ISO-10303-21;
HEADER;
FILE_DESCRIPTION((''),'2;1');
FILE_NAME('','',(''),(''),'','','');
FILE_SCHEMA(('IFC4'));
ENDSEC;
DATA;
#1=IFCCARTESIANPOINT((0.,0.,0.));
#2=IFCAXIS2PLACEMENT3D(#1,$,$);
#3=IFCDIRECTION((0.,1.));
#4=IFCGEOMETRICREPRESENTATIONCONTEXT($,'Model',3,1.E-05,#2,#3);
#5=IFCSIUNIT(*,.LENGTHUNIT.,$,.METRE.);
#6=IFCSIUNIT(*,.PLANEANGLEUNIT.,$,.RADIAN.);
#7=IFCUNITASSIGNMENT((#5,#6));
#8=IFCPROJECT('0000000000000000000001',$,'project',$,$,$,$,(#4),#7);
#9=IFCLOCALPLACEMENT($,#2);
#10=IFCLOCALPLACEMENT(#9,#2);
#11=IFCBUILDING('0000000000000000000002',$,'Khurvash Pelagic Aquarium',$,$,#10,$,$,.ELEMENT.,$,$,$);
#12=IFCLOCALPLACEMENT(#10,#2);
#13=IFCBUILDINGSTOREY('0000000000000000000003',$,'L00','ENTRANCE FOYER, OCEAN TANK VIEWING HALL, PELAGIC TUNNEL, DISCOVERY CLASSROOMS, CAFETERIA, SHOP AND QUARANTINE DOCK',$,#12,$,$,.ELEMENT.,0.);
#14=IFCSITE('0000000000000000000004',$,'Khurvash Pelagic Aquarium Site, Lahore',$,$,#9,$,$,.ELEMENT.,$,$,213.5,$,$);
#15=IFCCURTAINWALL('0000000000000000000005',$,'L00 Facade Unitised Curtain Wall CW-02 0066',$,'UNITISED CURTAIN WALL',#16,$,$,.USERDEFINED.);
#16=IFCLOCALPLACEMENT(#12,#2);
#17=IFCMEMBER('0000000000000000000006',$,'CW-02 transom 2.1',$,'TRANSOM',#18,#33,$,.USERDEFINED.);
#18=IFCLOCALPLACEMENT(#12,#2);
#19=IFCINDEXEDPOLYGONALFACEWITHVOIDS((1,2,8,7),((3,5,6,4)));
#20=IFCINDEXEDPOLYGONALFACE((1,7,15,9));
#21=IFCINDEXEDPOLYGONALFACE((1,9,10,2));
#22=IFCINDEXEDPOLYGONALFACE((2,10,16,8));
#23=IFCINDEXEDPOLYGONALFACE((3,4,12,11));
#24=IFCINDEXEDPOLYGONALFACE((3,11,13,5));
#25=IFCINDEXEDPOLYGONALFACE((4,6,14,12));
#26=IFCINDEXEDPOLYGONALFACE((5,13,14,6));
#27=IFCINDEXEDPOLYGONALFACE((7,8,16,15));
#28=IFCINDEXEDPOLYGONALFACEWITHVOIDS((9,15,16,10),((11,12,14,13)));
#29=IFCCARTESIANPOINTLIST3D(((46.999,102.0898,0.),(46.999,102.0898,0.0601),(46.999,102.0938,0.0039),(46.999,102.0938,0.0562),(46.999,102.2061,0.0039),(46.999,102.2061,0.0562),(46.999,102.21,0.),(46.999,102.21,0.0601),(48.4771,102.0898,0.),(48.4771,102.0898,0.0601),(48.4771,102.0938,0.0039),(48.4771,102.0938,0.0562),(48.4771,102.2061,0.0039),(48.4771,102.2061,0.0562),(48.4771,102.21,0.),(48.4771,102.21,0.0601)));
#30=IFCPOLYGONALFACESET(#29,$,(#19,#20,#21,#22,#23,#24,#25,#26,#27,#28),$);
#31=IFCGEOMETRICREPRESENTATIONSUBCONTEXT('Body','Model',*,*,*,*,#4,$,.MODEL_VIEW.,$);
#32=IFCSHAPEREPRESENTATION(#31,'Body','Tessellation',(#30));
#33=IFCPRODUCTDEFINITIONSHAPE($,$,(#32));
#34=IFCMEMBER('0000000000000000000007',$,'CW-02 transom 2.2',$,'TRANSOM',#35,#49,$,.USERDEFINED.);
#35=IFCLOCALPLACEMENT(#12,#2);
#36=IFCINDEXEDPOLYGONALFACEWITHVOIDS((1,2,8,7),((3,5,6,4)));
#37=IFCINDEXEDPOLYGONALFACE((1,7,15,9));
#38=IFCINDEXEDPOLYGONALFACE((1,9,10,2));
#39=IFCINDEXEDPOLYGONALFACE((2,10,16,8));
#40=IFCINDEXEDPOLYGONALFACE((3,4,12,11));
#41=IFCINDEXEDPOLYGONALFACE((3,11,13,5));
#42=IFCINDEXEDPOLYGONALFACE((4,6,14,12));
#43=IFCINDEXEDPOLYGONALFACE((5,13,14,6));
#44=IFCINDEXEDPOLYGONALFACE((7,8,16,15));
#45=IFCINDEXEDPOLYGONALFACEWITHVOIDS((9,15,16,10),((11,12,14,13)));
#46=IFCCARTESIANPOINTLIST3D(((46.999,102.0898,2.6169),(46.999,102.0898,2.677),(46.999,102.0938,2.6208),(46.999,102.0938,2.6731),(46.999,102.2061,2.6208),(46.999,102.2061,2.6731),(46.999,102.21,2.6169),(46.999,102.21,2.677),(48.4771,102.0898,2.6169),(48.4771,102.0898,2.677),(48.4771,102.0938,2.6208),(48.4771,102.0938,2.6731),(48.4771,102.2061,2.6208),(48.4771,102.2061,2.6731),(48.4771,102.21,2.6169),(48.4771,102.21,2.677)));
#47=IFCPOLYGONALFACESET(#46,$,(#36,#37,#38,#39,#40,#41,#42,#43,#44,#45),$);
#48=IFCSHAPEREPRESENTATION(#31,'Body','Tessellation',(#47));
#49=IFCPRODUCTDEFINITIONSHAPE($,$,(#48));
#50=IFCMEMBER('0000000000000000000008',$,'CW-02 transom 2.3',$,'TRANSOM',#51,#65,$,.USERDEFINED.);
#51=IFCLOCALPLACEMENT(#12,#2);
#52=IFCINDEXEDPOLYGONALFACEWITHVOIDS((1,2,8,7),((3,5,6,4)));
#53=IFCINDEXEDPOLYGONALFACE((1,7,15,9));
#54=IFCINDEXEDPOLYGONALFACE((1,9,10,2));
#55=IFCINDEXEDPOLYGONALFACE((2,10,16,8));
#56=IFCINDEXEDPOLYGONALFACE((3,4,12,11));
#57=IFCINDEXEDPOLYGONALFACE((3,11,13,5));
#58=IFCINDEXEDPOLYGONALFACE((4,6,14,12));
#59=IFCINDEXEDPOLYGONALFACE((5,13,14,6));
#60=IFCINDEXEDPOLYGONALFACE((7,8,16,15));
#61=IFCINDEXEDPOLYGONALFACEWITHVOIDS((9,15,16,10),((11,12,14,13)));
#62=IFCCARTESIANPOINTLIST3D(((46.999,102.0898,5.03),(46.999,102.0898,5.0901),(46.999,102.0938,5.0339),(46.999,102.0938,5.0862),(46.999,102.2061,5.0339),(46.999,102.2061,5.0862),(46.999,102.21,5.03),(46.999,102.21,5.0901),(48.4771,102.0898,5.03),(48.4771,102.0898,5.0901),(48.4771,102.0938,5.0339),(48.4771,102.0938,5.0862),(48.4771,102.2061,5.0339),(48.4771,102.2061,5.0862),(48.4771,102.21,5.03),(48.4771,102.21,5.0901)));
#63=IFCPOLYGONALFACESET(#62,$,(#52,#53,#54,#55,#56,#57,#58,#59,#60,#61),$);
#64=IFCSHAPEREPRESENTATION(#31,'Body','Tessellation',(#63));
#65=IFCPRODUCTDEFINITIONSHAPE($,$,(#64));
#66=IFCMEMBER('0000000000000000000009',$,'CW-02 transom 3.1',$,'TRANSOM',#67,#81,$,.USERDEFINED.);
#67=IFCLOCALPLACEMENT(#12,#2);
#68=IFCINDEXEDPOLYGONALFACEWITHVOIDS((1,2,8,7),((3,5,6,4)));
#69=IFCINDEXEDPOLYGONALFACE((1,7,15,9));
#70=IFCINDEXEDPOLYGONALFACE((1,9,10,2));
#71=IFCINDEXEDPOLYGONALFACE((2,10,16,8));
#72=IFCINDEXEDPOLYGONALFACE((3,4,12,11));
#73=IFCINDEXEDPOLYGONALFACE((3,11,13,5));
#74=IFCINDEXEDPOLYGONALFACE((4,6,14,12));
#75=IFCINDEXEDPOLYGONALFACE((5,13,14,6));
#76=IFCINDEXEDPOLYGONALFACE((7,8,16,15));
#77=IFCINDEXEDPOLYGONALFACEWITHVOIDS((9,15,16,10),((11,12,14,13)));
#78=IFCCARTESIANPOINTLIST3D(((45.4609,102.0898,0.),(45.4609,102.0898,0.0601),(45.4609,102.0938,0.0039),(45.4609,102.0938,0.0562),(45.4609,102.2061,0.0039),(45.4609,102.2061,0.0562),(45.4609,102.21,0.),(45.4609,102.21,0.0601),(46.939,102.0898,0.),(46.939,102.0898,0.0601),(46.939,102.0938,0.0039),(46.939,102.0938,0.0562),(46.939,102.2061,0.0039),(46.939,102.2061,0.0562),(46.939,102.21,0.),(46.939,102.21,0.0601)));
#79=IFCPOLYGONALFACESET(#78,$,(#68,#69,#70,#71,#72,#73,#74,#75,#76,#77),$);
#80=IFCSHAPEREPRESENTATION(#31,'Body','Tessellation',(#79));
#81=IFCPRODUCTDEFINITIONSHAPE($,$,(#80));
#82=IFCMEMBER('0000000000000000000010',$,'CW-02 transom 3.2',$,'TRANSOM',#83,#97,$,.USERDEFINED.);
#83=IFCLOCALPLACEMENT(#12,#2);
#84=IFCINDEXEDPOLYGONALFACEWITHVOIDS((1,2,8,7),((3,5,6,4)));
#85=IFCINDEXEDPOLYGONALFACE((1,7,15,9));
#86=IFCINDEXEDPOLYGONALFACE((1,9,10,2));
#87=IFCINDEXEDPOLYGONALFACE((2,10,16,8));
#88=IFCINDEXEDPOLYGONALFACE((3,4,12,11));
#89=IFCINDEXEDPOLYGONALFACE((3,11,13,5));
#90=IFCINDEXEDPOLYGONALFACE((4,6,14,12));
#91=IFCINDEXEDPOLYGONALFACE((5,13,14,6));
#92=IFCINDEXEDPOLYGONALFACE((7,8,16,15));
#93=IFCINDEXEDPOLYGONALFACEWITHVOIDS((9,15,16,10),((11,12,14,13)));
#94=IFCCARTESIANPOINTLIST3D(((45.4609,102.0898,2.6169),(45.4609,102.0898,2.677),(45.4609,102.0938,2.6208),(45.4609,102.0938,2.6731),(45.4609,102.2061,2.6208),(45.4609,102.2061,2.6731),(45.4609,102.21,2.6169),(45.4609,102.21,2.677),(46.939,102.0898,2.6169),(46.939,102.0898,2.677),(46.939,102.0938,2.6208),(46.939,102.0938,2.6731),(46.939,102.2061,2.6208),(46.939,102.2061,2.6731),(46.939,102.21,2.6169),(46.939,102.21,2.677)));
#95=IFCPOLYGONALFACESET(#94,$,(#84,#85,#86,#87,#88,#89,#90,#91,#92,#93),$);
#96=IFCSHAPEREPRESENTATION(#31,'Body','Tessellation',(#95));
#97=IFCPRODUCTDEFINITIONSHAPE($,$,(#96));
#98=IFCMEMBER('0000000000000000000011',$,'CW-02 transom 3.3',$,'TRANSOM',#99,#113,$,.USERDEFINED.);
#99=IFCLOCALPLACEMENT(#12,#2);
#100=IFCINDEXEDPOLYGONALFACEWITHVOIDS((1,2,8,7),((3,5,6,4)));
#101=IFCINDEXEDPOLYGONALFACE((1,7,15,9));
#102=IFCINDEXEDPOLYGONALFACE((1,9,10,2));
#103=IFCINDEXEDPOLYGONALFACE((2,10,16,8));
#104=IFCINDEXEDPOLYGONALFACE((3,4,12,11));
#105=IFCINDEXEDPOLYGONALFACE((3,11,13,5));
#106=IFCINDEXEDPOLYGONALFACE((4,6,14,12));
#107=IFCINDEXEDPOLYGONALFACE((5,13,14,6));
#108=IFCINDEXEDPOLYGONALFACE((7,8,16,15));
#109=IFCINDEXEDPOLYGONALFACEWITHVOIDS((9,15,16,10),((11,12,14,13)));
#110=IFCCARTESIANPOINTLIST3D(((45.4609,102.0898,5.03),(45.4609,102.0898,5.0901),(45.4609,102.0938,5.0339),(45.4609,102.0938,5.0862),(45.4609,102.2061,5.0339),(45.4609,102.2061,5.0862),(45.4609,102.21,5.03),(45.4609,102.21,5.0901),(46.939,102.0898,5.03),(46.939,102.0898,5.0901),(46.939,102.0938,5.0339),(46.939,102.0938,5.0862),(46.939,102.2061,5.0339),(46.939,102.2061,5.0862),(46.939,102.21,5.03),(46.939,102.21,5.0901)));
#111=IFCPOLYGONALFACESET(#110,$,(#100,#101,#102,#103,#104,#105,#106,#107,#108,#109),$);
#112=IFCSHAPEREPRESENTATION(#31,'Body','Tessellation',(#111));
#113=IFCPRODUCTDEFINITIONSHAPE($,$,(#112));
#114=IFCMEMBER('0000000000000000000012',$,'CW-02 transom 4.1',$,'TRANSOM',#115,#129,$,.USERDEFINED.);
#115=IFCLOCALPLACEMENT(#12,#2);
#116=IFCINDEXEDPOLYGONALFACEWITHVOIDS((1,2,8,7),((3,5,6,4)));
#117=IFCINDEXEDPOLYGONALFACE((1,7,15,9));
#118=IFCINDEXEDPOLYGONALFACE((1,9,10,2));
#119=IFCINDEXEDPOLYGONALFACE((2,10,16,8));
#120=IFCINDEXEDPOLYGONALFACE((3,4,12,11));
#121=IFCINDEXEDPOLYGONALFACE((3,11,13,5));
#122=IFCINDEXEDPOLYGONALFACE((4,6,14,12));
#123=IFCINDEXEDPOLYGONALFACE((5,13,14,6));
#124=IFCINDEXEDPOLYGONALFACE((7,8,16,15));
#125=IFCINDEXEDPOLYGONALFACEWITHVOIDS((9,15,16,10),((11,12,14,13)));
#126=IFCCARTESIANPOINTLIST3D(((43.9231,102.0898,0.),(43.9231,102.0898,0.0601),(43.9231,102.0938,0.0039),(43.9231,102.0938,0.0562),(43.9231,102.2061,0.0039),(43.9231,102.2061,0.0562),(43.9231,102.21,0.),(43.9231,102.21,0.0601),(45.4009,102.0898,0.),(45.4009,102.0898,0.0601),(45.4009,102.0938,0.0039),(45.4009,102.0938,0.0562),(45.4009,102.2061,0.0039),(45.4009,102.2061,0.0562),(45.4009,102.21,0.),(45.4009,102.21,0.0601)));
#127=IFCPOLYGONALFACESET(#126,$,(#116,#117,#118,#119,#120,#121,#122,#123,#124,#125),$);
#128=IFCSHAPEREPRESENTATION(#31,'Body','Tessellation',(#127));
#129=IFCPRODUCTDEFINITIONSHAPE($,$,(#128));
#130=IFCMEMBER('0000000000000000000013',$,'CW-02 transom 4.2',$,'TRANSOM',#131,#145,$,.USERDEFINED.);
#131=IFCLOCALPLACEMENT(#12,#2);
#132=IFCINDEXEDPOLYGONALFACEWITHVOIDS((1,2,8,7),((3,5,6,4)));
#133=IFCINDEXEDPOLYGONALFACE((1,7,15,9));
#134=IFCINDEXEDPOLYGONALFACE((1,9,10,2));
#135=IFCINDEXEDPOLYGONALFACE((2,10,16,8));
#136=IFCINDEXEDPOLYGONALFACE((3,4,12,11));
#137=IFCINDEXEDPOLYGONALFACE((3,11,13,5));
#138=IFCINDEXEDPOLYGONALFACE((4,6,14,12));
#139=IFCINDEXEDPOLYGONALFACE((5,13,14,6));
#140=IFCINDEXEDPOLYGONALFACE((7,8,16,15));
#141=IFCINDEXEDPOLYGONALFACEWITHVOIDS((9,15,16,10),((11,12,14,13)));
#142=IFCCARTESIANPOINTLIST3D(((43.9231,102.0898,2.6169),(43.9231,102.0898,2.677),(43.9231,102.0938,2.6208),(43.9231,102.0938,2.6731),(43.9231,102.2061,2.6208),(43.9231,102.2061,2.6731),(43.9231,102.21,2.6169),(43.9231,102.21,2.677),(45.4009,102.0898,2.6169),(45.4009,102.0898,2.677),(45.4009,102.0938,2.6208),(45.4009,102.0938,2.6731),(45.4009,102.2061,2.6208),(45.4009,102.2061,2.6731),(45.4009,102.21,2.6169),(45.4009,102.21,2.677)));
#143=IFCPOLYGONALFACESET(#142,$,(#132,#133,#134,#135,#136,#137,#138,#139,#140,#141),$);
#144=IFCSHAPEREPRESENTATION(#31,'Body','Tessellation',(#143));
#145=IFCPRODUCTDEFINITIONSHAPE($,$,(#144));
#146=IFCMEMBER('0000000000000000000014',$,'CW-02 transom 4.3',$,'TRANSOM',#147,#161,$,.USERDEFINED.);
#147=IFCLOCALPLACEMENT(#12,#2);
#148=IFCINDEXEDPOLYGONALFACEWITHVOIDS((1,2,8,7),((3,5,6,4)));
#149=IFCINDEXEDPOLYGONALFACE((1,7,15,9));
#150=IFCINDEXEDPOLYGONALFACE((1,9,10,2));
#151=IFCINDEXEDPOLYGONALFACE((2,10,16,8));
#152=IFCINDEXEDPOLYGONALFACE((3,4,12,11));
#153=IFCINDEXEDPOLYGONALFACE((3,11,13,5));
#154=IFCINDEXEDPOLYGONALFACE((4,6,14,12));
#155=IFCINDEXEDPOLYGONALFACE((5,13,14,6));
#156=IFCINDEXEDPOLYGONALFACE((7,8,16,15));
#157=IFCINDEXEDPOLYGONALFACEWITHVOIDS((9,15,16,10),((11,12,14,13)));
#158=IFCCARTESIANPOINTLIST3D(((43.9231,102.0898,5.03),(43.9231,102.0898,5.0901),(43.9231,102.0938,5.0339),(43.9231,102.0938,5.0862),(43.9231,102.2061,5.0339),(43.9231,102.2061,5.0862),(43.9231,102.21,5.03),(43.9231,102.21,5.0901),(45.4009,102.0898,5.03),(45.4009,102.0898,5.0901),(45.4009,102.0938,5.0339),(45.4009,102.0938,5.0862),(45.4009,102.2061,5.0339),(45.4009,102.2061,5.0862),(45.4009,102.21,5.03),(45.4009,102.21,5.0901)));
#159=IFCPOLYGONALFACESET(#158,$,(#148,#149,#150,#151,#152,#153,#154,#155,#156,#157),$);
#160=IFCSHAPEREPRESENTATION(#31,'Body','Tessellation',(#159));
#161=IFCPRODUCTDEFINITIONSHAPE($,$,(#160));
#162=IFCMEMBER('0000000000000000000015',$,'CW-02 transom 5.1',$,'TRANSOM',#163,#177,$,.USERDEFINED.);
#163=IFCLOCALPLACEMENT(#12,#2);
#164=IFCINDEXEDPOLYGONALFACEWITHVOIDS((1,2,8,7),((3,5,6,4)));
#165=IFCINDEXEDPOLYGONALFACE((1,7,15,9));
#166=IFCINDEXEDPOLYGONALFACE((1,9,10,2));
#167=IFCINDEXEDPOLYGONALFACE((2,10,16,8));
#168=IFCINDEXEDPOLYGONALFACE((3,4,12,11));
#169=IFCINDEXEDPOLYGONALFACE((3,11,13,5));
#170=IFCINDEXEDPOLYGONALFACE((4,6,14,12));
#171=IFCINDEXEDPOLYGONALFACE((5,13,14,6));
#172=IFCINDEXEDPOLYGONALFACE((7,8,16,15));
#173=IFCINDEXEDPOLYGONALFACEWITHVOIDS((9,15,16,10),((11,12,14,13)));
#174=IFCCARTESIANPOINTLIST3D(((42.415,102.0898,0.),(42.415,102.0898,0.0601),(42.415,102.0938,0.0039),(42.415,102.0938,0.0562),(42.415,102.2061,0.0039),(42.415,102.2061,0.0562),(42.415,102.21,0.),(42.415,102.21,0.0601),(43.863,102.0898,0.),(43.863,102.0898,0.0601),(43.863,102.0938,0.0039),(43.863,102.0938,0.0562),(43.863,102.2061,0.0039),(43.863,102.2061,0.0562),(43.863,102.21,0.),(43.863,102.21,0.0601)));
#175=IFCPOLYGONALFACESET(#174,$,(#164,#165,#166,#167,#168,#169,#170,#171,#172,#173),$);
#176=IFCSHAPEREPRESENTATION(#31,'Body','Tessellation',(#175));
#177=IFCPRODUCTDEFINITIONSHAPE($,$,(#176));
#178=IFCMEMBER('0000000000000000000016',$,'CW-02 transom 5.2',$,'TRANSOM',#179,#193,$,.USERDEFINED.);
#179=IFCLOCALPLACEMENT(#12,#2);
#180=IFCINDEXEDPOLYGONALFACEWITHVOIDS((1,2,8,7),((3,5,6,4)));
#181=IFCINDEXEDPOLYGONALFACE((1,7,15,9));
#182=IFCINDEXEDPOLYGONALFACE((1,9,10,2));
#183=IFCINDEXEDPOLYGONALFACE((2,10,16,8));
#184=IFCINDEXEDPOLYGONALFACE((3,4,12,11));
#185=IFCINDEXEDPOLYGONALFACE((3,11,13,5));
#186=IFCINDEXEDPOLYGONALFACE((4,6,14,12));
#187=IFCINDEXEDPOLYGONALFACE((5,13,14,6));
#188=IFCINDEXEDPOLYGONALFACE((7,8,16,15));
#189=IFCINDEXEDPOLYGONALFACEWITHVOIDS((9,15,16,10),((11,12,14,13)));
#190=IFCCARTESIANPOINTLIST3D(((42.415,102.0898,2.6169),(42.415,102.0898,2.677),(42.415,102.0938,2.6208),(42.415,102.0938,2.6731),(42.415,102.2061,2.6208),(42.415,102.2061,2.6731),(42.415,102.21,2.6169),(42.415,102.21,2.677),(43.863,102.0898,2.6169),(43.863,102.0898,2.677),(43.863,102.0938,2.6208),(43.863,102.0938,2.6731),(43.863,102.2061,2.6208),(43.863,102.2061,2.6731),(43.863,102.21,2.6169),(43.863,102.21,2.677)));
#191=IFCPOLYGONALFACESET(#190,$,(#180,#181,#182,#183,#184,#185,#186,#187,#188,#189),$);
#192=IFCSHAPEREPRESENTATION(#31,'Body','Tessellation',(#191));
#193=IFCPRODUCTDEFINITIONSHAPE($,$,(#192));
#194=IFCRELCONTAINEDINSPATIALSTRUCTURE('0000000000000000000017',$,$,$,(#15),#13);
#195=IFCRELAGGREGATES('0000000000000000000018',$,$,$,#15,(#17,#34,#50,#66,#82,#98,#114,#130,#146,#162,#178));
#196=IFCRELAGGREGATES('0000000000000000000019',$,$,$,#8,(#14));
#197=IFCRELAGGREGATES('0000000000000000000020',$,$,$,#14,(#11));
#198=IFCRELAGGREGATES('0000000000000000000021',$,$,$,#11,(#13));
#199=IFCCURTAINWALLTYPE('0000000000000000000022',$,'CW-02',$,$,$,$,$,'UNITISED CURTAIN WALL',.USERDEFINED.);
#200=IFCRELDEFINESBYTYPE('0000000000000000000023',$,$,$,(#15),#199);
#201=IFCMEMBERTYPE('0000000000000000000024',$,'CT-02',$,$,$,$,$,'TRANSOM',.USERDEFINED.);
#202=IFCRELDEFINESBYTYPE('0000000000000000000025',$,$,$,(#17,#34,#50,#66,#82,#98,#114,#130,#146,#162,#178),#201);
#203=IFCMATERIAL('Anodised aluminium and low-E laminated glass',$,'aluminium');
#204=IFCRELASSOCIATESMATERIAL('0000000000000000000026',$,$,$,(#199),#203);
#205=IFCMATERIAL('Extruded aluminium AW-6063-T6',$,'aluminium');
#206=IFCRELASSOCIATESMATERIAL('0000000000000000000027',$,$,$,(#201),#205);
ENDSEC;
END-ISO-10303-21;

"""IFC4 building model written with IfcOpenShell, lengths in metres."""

from ifc_helpers import new_model, si_unit, direction, frame, origin, origin_2d, place, context, subcontext, project, spatial, hollow_rectangle, extrude, material, material_profile, profile_set, type_object, element, aggregate, save


model = new_model("IFC4")

# Units and contexts
model_context = context("Model", 3, precision=1e-05, world=origin(), true_north=direction((0.0, 1.0)))
body_context = subcontext(model_context, "Body", "Model", "MODEL_VIEW")
ifc_project = project(units=[si_unit("LENGTHUNIT", "METRE"), si_unit("PLANEANGLEUNIT", "RADIAN")], contexts=[model_context])

# Site, building, storey
site_placement = place(None, origin())
site = spatial("IfcSite", under=ifc_project, at=site_placement, Name="Khurvash Pelagic Aquarium Site, Lahore", CompositionType="ELEMENT", RefElevation=213.5)
building_placement = place(site_placement, origin())
building = spatial("IfcBuilding", under=site, at=building_placement, Name="Khurvash Pelagic Aquarium", CompositionType="ELEMENT")
storey_placement = place(building_placement, origin())
storey = spatial("IfcBuildingStorey", under=building, at=storey_placement, Name="L00", Description="ENTRANCE FOYER, OCEAN TANK VIEWING HALL, PELAGIC TUNNEL, DISCOVERY CLASSROOMS, CAFETERIA, SHOP AND QUARANTINE DOCK", CompositionType="ELEMENT", Elevation=0.0)

# Curtain wall
ifc_material_1 = material(Name="Anodised aluminium and low-E laminated glass", Category="aluminium")
curtain_wall_type = type_object("IfcCurtainWallType", Name="CW-02", ElementType="UNITISED CURTAIN WALL", PredefinedType="USERDEFINED", material=ifc_material_1)
curtain_wall_1_placement = place(storey_placement, origin())
curtain_wall_1 = element("IfcCurtainWall", 1, at=curtain_wall_1_placement, inside=storey, type_object=curtain_wall_type, Name="L00 Facade Unitised Curtain Wall CW-02 0066", ObjectType="UNITISED CURTAIN WALL", PredefinedType="USERDEFINED")
ifc_material_2 = material(Name="Extruded aluminium AW-6063-T6", Category="aluminium")

# Members
ifc_material_profile_1 = material_profile(ifc_material_2, hollow_rectangle(XDim=0.1201, YDim=0.0601, WallThickness=0.0039, at=origin_2d()), Name="CWT120X60X4")
ifc_profile_set_1 = profile_set([ifc_material_profile_1], Name="Extruded aluminium AW-6063-T6")
member_type_1 = type_object("IfcMemberType", Name="CT-02", ElementType="TRANSOM", PredefinedType="USERDEFINED", material=ifc_profile_set_1)
member_1_placement = place(storey_placement, frame((48.4771, 102.1499, 0.03), z_axis=(-1.0, 0.0, 0.0), x_axis=(0.0, -1.0, 0.0)))
member_1 = element("IfcMember", 2, at=member_1_placement, type_object=member_type_1, Name="CW-02 transom 2.1", ObjectType="TRANSOM", PredefinedType="USERDEFINED", context=body_context, shape_type="SweptSolid", body=[
    extrude(hollow_rectangle(XDim=0.1201, YDim=0.0601, WallThickness=0.0039, at=origin_2d()), origin(), (0.0, 0.0, 1.0), 1.478),
])
member_2_placement = place(storey_placement, frame((48.4771, 102.1499, 2.647), z_axis=(-1.0, 0.0, 0.0), x_axis=(0.0, -1.0, 0.0)))
member_2 = element("IfcMember", 3, at=member_2_placement, type_object=member_type_1, Name="CW-02 transom 2.2", ObjectType="TRANSOM", PredefinedType="USERDEFINED", context=body_context, shape_type="SweptSolid", body=[
    extrude(hollow_rectangle(XDim=0.1201, YDim=0.0601, WallThickness=0.0039, at=origin_2d()), origin(), (0.0, 0.0, 1.0), 1.478),
])
member_3_placement = place(storey_placement, frame((48.4771, 102.1499, 5.0601), z_axis=(-1.0, 0.0, 0.0), x_axis=(0.0, -1.0, 0.0)))
member_3 = element("IfcMember", 4, at=member_3_placement, type_object=member_type_1, Name="CW-02 transom 2.3", ObjectType="TRANSOM", PredefinedType="USERDEFINED", context=body_context, shape_type="SweptSolid", body=[
    extrude(hollow_rectangle(XDim=0.1201, YDim=0.0601, WallThickness=0.0039, at=origin_2d()), origin(), (0.0, 0.0, 1.0), 1.478),
])
member_4_placement = place(storey_placement, frame((46.939, 102.1499, 0.03), z_axis=(-1.0, 0.0, 0.0), x_axis=(0.0, -1.0, 0.0)))
member_4 = element("IfcMember", 5, at=member_4_placement, type_object=member_type_1, Name="CW-02 transom 3.1", ObjectType="TRANSOM", PredefinedType="USERDEFINED", context=body_context, shape_type="SweptSolid", body=[
    extrude(hollow_rectangle(XDim=0.1201, YDim=0.0601, WallThickness=0.0039, at=origin_2d()), origin(), (0.0, 0.0, 1.0), 1.478),
])
member_5_placement = place(storey_placement, frame((46.939, 102.1499, 2.647), z_axis=(-1.0, 0.0, 0.0), x_axis=(0.0, -1.0, 0.0)))
member_5 = element("IfcMember", 6, at=member_5_placement, type_object=member_type_1, Name="CW-02 transom 3.2", ObjectType="TRANSOM", PredefinedType="USERDEFINED", context=body_context, shape_type="SweptSolid", body=[
    extrude(hollow_rectangle(XDim=0.1201, YDim=0.0601, WallThickness=0.0039, at=origin_2d()), origin(), (0.0, 0.0, 1.0), 1.478),
])
member_6_placement = place(storey_placement, frame((46.939, 102.1499, 5.0601), z_axis=(-1.0, 0.0, 0.0), x_axis=(0.0, -1.0, 0.0)))
member_6 = element("IfcMember", 7, at=member_6_placement, type_object=member_type_1, Name="CW-02 transom 3.3", ObjectType="TRANSOM", PredefinedType="USERDEFINED", context=body_context, shape_type="SweptSolid", body=[
    extrude(hollow_rectangle(XDim=0.1201, YDim=0.0601, WallThickness=0.0039, at=origin_2d()), origin(), (0.0, 0.0, 1.0), 1.478),
])
member_7_placement = place(storey_placement, frame((45.4009, 102.1499, 0.03), z_axis=(-1.0, 0.0, 0.0), x_axis=(0.0, -1.0, 0.0)))
member_7 = element("IfcMember", 8, at=member_7_placement, type_object=member_type_1, Name="CW-02 transom 4.1", ObjectType="TRANSOM", PredefinedType="USERDEFINED", context=body_context, shape_type="SweptSolid", body=[
    extrude(hollow_rectangle(XDim=0.1201, YDim=0.0601, WallThickness=0.0039, at=origin_2d()), origin(), (0.0, 0.0, 1.0), 1.4778),
])
member_8_placement = place(storey_placement, frame((45.4009, 102.1499, 2.647), z_axis=(-1.0, 0.0, 0.0), x_axis=(0.0, -1.0, 0.0)))
member_8 = element("IfcMember", 9, at=member_8_placement, type_object=member_type_1, Name="CW-02 transom 4.2", ObjectType="TRANSOM", PredefinedType="USERDEFINED", context=body_context, shape_type="SweptSolid", body=[
    extrude(hollow_rectangle(XDim=0.1201, YDim=0.0601, WallThickness=0.0039, at=origin_2d()), origin(), (0.0, 0.0, 1.0), 1.4778),
])
member_9_placement = place(storey_placement, frame((45.4009, 102.1499, 5.0601), z_axis=(-1.0, 0.0, 0.0), x_axis=(0.0, -1.0, 0.0)))
member_9 = element("IfcMember", 10, at=member_9_placement, type_object=member_type_1, Name="CW-02 transom 4.3", ObjectType="TRANSOM", PredefinedType="USERDEFINED", context=body_context, shape_type="SweptSolid", body=[
    extrude(hollow_rectangle(XDim=0.1201, YDim=0.0601, WallThickness=0.0039, at=origin_2d()), origin(), (0.0, 0.0, 1.0), 1.4778),
])
member_10_placement = place(storey_placement, frame((43.863, 102.1499, 0.03), z_axis=(-1.0, 0.0, 0.0), x_axis=(0.0, -1.0, 0.0)))
member_10 = element("IfcMember", 11, at=member_10_placement, type_object=member_type_1, Name="CW-02 transom 5.1", ObjectType="TRANSOM", PredefinedType="USERDEFINED", context=body_context, shape_type="SweptSolid", body=[
    extrude(hollow_rectangle(XDim=0.1201, YDim=0.0601, WallThickness=0.0039, at=origin_2d()), origin(), (0.0, 0.0, 1.0), 1.448),
])
member_11_placement = place(storey_placement, frame((43.863, 102.1499, 2.647), z_axis=(-1.0, 0.0, 0.0), x_axis=(0.0, -1.0, 0.0)))
member_11 = element("IfcMember", 12, at=member_11_placement, type_object=member_type_1, Name="CW-02 transom 5.2", ObjectType="TRANSOM", PredefinedType="USERDEFINED", context=body_context, shape_type="SweptSolid", body=[
    extrude(hollow_rectangle(XDim=0.1201, YDim=0.0601, WallThickness=0.0039, at=origin_2d()), origin(), (0.0, 0.0, 1.0), 1.448),
])

aggregate(curtain_wall_1, [member_1, member_2, member_3, member_4, member_5, member_6, member_7, member_8, member_9, member_10, member_11])

save(model, "model.ifc")
